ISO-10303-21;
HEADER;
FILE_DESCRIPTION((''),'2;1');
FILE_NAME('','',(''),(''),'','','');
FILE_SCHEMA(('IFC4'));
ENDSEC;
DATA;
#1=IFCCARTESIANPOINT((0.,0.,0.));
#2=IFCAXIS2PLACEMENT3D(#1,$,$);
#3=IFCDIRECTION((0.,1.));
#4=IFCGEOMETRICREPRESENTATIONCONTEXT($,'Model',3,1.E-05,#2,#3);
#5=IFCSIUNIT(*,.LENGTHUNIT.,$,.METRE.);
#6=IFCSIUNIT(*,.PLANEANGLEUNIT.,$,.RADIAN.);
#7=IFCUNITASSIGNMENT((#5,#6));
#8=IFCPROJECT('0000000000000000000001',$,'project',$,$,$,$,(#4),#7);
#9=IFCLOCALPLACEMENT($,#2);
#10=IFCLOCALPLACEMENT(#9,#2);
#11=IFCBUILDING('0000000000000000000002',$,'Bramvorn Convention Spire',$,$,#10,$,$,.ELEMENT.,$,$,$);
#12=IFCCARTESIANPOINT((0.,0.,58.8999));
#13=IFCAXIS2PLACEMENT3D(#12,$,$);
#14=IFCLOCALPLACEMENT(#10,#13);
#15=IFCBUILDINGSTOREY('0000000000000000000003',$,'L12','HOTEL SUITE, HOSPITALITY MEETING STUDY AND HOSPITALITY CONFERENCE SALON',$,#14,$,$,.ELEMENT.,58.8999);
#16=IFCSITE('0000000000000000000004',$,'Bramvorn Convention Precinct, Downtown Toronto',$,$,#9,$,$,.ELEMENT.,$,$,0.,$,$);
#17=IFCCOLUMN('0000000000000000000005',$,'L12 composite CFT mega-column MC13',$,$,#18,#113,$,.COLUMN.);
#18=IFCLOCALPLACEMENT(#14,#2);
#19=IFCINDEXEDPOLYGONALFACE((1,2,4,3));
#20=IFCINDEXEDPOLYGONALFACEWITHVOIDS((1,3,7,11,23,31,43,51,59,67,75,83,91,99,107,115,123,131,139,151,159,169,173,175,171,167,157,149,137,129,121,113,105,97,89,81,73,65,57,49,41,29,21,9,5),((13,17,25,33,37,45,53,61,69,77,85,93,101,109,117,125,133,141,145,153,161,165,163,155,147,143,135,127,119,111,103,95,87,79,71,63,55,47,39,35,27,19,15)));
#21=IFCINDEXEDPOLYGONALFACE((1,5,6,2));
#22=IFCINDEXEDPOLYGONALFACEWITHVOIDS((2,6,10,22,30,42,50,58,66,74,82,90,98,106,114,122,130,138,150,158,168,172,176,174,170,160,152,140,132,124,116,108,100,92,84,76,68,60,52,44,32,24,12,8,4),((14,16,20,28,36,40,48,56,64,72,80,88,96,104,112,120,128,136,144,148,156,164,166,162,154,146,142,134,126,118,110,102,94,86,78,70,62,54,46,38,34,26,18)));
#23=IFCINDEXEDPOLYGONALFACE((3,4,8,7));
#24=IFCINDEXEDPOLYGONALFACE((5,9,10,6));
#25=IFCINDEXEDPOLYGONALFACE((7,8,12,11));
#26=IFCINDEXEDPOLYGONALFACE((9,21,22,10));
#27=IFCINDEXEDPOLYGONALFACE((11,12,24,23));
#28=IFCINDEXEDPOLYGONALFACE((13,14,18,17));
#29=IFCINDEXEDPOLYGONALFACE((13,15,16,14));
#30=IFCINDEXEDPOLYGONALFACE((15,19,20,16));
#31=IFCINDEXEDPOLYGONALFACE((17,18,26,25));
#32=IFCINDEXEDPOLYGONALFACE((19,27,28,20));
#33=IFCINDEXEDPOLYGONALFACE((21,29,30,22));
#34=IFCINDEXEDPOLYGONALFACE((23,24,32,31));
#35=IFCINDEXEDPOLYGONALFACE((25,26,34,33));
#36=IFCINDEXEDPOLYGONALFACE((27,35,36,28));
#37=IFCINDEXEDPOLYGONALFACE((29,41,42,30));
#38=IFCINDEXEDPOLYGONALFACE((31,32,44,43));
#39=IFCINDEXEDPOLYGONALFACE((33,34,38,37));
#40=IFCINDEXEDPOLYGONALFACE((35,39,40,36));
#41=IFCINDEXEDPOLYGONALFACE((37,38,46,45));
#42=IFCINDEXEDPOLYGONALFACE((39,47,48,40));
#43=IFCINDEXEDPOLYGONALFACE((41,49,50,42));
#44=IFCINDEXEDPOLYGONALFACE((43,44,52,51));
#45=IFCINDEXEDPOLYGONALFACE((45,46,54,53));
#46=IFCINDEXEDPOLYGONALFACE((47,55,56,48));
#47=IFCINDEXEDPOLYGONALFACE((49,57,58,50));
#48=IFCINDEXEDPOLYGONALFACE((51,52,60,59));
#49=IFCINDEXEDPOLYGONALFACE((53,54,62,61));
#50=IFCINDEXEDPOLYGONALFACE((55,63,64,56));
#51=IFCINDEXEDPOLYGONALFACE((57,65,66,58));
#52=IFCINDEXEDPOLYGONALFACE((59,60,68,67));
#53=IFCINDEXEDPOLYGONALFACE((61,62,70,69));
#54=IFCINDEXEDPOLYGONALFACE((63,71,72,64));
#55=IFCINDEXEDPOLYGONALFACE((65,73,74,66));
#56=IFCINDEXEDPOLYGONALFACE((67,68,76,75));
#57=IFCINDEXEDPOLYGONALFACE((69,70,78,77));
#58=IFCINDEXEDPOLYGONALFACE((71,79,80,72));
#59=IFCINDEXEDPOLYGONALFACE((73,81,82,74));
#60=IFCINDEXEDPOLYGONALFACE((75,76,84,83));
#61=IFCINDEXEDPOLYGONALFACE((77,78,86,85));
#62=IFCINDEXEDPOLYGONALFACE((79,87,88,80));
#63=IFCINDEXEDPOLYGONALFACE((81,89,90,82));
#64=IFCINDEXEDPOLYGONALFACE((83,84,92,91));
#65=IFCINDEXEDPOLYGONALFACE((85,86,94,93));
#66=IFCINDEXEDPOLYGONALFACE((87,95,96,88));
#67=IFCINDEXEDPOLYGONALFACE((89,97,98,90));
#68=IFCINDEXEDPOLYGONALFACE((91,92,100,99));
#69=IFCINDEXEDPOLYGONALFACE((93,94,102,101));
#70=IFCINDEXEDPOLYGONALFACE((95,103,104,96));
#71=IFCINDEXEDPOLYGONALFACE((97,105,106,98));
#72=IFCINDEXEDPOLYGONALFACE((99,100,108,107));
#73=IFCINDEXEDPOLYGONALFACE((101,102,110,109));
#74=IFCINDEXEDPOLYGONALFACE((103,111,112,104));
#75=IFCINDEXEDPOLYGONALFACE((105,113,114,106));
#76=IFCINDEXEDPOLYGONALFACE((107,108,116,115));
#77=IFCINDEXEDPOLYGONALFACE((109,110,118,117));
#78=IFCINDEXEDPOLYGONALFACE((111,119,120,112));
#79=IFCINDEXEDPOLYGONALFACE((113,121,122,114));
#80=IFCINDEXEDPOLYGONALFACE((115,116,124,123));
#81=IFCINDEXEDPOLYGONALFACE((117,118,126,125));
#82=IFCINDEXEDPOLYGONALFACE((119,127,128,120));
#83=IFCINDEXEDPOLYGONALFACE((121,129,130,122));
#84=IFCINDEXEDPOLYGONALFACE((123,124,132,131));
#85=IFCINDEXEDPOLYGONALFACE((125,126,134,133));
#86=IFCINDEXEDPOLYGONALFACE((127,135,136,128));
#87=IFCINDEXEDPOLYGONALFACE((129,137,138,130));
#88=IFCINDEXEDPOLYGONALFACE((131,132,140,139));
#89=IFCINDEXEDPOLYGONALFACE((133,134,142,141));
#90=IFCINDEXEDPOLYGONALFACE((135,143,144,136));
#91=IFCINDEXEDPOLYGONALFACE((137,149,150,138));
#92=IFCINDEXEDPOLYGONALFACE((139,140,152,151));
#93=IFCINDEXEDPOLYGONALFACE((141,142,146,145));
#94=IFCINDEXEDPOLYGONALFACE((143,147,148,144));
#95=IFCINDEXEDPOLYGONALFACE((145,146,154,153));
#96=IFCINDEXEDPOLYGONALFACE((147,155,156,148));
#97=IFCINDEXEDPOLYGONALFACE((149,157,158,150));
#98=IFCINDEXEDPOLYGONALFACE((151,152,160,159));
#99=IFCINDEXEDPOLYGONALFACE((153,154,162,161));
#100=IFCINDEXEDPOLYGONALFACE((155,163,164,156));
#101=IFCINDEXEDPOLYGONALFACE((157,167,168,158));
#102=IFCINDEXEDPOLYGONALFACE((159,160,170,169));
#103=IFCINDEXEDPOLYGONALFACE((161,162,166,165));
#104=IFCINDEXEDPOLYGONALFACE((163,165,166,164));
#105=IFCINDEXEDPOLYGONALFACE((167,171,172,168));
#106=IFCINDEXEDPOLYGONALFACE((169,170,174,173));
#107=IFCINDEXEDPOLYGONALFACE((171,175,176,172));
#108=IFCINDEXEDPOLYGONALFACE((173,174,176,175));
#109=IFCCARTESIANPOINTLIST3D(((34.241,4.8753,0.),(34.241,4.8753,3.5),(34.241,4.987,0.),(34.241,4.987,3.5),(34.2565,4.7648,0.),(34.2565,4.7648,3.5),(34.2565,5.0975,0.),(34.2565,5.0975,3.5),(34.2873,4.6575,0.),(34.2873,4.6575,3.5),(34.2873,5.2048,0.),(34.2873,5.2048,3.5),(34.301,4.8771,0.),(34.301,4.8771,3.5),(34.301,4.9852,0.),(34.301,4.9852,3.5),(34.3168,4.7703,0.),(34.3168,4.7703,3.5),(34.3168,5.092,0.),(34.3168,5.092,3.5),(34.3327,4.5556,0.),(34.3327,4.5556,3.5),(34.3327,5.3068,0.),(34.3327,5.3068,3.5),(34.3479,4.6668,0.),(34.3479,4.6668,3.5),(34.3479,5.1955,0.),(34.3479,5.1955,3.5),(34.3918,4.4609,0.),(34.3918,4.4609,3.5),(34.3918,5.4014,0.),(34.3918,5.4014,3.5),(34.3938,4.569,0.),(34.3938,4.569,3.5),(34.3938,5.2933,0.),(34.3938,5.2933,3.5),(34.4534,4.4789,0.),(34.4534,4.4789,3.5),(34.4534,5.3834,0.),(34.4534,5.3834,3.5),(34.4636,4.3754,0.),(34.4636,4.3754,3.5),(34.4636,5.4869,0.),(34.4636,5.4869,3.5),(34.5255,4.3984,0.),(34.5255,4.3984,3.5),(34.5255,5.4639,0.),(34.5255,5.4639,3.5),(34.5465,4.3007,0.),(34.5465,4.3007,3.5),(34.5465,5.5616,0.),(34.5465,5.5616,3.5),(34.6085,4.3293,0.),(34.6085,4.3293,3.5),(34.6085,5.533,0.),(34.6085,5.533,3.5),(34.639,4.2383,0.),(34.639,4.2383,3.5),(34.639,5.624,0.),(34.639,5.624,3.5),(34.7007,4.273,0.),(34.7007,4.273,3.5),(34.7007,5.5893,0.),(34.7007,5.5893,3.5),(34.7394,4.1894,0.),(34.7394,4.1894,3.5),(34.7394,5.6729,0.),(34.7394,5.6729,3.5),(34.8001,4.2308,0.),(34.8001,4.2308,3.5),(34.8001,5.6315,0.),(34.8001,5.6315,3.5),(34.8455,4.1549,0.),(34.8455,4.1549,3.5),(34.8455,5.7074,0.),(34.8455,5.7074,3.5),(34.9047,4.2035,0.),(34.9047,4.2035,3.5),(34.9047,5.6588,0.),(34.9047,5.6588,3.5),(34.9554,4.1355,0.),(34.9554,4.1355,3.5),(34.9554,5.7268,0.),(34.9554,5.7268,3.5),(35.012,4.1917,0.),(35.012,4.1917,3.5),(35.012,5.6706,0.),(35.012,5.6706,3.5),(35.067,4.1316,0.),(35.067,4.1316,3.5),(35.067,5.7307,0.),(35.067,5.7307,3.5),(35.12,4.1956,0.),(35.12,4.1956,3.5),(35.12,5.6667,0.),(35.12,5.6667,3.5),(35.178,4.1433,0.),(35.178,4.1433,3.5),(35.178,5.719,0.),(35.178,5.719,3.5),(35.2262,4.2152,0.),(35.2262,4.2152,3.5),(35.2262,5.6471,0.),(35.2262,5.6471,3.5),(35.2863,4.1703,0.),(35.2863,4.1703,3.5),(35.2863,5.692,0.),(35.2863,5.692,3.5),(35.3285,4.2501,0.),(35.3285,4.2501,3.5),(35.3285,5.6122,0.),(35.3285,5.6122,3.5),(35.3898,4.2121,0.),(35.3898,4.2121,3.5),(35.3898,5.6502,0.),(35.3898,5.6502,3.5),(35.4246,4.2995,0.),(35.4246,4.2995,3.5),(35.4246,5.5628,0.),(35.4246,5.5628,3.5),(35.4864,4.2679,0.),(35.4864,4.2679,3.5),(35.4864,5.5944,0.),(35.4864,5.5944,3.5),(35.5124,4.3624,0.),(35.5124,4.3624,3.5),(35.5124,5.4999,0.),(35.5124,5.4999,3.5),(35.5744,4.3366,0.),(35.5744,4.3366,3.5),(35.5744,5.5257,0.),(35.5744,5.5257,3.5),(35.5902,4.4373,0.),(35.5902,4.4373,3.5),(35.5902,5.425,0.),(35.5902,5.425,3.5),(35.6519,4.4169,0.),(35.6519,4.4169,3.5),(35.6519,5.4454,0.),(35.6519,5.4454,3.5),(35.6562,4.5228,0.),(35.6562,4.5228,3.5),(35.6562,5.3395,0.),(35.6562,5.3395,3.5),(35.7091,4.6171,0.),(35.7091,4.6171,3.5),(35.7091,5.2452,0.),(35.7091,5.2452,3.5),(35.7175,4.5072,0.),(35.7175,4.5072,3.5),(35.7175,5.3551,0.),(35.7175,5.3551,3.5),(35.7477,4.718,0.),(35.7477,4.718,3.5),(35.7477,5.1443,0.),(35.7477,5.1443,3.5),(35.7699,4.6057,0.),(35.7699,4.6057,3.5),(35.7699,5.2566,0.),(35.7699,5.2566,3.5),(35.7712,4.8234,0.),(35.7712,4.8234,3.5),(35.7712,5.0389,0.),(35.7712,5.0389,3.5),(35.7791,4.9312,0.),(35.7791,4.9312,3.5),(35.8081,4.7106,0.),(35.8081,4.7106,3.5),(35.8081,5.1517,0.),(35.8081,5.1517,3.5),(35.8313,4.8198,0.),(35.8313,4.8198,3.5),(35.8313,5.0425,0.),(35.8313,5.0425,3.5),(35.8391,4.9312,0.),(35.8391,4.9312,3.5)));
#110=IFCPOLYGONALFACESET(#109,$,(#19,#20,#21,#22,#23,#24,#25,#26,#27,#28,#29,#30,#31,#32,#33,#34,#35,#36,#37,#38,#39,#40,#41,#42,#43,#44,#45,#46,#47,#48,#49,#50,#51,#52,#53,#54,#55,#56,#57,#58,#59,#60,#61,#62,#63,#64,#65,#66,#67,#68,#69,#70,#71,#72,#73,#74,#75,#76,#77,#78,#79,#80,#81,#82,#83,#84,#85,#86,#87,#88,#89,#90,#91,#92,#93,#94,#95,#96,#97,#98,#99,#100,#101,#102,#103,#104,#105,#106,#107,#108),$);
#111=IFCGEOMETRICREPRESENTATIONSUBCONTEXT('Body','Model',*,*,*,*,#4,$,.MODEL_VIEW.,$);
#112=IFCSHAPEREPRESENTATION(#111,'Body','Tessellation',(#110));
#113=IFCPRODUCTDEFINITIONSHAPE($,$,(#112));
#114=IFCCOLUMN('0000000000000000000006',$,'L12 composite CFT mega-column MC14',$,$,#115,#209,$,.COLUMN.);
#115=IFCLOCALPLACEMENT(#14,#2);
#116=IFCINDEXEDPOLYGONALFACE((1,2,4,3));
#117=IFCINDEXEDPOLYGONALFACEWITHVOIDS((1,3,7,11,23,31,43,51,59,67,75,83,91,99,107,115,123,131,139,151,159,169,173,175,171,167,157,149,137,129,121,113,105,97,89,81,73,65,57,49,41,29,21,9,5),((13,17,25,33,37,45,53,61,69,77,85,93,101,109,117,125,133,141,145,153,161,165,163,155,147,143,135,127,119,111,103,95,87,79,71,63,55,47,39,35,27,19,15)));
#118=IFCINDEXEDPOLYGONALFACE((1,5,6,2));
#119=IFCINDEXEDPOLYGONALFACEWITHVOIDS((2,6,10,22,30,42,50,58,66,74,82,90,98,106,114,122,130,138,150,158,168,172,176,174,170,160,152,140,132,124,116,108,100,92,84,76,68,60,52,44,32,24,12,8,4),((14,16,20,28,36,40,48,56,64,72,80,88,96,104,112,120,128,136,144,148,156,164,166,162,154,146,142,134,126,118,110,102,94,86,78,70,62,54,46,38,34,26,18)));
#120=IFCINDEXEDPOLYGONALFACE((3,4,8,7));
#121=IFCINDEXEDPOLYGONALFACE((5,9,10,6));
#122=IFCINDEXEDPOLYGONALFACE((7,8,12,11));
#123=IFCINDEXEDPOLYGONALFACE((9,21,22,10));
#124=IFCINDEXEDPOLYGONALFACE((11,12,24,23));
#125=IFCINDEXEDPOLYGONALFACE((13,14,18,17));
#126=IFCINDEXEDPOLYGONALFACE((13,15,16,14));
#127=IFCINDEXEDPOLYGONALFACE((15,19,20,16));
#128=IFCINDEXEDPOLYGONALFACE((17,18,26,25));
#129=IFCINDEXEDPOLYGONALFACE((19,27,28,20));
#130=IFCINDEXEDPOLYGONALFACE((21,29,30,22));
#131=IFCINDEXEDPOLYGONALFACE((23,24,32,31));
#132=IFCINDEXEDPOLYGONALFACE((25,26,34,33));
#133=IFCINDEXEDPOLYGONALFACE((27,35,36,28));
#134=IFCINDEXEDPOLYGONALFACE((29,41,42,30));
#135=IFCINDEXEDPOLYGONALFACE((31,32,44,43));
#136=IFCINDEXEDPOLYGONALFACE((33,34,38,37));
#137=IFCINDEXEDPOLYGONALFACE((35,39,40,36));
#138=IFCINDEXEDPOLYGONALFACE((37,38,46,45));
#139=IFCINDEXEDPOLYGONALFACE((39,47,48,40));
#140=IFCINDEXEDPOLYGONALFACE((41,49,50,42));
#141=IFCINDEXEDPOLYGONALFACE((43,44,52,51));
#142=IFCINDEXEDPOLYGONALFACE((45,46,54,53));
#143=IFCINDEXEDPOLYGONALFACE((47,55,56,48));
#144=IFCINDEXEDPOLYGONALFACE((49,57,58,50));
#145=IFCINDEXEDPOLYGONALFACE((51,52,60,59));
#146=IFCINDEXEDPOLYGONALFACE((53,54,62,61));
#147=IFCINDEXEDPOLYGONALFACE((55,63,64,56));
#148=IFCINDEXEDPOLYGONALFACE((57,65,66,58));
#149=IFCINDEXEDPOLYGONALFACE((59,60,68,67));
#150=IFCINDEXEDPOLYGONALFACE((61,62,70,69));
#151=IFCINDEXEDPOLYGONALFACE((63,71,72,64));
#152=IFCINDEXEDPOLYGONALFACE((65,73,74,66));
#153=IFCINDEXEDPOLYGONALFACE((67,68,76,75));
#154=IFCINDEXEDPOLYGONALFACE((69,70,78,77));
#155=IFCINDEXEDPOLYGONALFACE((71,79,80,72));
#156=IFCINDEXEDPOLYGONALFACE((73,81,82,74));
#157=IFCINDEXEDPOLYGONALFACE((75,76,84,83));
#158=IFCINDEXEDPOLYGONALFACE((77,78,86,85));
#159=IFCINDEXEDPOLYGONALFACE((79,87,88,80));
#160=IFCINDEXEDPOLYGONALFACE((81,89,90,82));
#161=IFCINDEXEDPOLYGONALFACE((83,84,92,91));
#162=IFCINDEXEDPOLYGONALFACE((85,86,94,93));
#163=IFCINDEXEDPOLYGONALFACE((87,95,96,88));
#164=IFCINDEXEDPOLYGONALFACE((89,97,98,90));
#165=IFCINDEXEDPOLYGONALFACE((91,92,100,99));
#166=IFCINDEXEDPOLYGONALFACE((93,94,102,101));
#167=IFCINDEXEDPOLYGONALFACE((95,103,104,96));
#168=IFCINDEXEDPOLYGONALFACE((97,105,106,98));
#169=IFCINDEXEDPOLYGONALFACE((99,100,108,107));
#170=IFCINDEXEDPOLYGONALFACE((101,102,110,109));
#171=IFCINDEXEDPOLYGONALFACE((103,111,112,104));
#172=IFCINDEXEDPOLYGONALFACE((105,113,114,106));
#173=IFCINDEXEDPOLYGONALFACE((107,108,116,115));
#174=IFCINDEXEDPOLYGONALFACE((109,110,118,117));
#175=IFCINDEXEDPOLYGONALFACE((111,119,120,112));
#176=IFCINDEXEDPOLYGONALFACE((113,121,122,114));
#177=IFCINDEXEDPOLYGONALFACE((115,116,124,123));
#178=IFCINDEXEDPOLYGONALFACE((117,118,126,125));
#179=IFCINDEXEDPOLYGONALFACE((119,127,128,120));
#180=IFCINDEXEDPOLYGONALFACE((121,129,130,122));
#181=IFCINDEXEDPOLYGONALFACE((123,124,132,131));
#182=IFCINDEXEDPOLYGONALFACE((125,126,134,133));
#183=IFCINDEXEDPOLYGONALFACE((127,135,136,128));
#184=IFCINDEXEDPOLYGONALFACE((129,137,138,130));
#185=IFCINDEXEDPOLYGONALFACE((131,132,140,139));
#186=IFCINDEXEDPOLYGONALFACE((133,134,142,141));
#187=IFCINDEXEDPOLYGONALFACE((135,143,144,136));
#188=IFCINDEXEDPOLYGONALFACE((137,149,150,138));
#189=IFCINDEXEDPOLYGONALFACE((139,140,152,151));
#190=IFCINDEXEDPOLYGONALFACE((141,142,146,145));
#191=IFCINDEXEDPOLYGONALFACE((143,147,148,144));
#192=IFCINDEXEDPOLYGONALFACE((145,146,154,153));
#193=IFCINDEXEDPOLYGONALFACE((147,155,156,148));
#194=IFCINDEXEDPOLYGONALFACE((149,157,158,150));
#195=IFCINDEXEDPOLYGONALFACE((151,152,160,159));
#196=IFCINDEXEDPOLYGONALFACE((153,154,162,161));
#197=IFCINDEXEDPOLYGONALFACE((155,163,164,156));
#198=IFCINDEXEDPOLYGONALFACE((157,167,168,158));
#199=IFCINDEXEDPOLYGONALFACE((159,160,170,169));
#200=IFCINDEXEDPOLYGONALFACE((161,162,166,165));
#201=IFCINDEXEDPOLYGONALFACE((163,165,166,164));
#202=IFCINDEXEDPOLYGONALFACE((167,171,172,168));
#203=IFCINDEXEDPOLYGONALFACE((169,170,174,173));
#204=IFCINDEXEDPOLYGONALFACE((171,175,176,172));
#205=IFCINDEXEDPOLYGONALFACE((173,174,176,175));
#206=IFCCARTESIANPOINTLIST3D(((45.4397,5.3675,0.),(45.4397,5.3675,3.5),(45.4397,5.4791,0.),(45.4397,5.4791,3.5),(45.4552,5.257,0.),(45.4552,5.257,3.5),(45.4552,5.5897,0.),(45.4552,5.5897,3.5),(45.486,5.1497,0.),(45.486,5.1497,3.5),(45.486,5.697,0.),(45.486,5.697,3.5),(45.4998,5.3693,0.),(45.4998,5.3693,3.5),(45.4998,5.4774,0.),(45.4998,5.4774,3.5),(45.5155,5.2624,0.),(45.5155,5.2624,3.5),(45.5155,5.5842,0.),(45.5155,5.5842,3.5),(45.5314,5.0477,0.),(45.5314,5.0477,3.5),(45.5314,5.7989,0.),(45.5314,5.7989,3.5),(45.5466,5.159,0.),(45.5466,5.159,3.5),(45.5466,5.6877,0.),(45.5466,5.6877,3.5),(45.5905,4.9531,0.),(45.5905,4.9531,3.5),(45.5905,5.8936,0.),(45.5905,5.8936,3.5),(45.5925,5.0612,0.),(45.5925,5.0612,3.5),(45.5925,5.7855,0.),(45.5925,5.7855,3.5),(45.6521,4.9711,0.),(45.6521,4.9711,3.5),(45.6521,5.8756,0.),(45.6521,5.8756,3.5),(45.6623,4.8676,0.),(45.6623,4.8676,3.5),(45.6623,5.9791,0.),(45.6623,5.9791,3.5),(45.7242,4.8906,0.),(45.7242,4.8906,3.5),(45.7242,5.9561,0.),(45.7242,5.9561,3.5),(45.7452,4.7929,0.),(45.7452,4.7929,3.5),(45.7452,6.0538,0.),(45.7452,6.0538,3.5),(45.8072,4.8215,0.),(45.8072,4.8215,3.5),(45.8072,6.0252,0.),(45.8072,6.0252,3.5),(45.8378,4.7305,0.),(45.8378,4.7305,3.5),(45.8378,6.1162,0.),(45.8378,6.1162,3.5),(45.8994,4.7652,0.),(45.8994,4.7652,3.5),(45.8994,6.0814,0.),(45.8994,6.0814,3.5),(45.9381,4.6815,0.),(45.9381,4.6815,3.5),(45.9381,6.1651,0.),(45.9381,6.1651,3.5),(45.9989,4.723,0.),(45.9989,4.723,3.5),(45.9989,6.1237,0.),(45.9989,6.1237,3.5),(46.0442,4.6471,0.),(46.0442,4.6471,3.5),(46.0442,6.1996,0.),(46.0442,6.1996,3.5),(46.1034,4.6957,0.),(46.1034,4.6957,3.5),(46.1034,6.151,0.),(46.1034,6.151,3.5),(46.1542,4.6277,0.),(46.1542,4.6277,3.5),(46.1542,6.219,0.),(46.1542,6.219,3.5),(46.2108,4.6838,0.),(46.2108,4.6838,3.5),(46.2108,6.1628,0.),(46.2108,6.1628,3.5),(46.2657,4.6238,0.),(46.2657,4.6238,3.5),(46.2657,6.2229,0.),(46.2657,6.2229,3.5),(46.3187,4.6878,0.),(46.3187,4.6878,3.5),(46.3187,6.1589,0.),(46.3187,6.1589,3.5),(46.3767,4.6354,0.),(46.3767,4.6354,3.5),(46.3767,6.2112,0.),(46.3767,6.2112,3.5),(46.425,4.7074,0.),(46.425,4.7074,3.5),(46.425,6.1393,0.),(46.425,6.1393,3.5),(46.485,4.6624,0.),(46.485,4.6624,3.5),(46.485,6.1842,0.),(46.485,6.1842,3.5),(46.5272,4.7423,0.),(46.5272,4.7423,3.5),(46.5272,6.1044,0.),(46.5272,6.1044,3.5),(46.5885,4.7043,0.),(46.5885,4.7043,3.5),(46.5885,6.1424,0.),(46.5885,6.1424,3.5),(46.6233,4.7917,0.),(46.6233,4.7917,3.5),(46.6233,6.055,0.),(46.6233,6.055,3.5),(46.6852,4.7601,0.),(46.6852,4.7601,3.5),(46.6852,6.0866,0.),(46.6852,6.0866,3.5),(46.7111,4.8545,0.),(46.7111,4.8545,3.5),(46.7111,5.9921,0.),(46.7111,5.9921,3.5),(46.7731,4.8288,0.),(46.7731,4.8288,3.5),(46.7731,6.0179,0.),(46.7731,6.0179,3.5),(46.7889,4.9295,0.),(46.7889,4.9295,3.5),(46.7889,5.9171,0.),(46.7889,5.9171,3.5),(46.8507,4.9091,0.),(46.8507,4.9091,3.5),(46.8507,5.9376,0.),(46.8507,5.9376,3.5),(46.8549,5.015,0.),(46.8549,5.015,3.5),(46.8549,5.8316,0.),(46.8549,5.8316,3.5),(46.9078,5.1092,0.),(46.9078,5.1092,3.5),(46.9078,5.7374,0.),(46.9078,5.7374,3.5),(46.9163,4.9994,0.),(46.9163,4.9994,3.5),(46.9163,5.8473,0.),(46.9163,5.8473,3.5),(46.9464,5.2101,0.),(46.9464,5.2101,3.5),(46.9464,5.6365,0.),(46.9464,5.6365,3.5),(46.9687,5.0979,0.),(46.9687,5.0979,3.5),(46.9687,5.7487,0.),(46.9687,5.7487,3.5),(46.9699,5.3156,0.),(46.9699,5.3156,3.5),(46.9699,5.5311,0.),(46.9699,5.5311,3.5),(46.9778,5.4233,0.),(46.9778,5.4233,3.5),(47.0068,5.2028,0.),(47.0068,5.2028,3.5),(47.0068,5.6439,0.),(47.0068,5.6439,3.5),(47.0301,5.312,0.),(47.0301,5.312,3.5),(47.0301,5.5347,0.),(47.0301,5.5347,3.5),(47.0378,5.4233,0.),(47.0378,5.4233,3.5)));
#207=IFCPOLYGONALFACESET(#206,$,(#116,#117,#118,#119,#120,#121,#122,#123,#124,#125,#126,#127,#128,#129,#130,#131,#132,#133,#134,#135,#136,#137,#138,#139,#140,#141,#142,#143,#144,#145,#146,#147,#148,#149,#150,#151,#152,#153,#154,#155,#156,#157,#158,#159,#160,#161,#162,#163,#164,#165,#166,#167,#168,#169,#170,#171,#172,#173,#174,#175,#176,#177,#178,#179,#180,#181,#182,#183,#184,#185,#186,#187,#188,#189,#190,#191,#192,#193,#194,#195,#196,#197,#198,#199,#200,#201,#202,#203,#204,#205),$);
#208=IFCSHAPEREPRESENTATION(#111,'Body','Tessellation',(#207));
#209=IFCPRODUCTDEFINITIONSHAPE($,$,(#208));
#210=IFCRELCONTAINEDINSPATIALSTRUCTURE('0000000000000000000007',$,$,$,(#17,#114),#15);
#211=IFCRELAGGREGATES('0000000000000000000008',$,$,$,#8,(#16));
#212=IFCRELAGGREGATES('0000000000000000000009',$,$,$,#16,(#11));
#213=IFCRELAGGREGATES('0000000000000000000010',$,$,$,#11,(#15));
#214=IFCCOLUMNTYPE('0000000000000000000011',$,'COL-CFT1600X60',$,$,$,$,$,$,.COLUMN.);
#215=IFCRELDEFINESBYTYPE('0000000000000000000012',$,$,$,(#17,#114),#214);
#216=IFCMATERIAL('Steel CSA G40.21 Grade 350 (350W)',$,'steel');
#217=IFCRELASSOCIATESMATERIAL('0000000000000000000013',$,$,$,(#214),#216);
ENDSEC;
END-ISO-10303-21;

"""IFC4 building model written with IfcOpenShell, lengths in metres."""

from ifc_helpers import new_model, si_unit, direction, frame, origin, origin_2d, place, context, subcontext, project, spatial, hollow_circle, extrude, material, material_profile, profile_set, type_object, element, save


model = new_model("IFC4")

# Units and contexts
model_context = context("Model", 3, precision=1e-05, world=origin(), true_north=direction((0.0, 1.0)))
body_context = subcontext(model_context, "Body", "Model", "MODEL_VIEW")
ifc_project = project(units=[si_unit("LENGTHUNIT", "METRE"), si_unit("PLANEANGLEUNIT", "RADIAN")], contexts=[model_context])

# Site, building, storey
site_placement = place(None, origin())
site = spatial("IfcSite", under=ifc_project, at=site_placement, Name="Bramvorn Convention Precinct, Downtown Toronto", CompositionType="ELEMENT", RefElevation=0.0)
building_placement = place(site_placement, origin())
building = spatial("IfcBuilding", under=site, at=building_placement, Name="Bramvorn Convention Spire", CompositionType="ELEMENT")
storey_placement = place(building_placement, frame((0.0, 0.0, 58.8999)))
storey = spatial("IfcBuildingStorey", under=building, at=storey_placement, Name="L12", Description="HOTEL SUITE, HOSPITALITY MEETING STUDY AND HOSPITALITY CONFERENCE SALON", CompositionType="ELEMENT", Elevation=58.8999)

# Columns
ifc_material_1 = material(Name="Steel CSA G40.21 Grade 350 (350W)", Category="steel")
ifc_material_profile_1 = material_profile(ifc_material_1, hollow_circle(Radius=0.8, WallThickness=0.0601, at=origin_2d()))
ifc_profile_set_1 = profile_set([ifc_material_profile_1], Name="Steel CSA G40.21 Grade 350 (350W) - CFT1600X60")
column_type = type_object("IfcColumnType", Name="COL-CFT1600X60", PredefinedType="COLUMN", material=ifc_profile_set_1)
for number, where, z_axis, x_axis, name in (
    (1, (35.0391, 4.9312, 0.0), (0.0, 0.0, 1.0), (1.0, 0.0, 0.0), "L12 composite CFT mega-column MC13"),
    (2, (46.2378, 5.4233, 0.0), (0.0, 0.0, 1.0), (1.0, 0.0, 0.0), "L12 composite CFT mega-column MC14"),
):
    element("IfcColumn", number, at=place(storey_placement, frame(where, z_axis=z_axis, x_axis=x_axis)), inside=storey, type_object=column_type, Name=name, PredefinedType="COLUMN", context=body_context, shape_type="SweptSolid", body=[
        extrude(hollow_circle(Radius=0.8, WallThickness=0.0601, at=origin_2d()), origin(), (0.0, 0.0, 1.0), 3.5),
    ])

save(model, "model.ifc")
